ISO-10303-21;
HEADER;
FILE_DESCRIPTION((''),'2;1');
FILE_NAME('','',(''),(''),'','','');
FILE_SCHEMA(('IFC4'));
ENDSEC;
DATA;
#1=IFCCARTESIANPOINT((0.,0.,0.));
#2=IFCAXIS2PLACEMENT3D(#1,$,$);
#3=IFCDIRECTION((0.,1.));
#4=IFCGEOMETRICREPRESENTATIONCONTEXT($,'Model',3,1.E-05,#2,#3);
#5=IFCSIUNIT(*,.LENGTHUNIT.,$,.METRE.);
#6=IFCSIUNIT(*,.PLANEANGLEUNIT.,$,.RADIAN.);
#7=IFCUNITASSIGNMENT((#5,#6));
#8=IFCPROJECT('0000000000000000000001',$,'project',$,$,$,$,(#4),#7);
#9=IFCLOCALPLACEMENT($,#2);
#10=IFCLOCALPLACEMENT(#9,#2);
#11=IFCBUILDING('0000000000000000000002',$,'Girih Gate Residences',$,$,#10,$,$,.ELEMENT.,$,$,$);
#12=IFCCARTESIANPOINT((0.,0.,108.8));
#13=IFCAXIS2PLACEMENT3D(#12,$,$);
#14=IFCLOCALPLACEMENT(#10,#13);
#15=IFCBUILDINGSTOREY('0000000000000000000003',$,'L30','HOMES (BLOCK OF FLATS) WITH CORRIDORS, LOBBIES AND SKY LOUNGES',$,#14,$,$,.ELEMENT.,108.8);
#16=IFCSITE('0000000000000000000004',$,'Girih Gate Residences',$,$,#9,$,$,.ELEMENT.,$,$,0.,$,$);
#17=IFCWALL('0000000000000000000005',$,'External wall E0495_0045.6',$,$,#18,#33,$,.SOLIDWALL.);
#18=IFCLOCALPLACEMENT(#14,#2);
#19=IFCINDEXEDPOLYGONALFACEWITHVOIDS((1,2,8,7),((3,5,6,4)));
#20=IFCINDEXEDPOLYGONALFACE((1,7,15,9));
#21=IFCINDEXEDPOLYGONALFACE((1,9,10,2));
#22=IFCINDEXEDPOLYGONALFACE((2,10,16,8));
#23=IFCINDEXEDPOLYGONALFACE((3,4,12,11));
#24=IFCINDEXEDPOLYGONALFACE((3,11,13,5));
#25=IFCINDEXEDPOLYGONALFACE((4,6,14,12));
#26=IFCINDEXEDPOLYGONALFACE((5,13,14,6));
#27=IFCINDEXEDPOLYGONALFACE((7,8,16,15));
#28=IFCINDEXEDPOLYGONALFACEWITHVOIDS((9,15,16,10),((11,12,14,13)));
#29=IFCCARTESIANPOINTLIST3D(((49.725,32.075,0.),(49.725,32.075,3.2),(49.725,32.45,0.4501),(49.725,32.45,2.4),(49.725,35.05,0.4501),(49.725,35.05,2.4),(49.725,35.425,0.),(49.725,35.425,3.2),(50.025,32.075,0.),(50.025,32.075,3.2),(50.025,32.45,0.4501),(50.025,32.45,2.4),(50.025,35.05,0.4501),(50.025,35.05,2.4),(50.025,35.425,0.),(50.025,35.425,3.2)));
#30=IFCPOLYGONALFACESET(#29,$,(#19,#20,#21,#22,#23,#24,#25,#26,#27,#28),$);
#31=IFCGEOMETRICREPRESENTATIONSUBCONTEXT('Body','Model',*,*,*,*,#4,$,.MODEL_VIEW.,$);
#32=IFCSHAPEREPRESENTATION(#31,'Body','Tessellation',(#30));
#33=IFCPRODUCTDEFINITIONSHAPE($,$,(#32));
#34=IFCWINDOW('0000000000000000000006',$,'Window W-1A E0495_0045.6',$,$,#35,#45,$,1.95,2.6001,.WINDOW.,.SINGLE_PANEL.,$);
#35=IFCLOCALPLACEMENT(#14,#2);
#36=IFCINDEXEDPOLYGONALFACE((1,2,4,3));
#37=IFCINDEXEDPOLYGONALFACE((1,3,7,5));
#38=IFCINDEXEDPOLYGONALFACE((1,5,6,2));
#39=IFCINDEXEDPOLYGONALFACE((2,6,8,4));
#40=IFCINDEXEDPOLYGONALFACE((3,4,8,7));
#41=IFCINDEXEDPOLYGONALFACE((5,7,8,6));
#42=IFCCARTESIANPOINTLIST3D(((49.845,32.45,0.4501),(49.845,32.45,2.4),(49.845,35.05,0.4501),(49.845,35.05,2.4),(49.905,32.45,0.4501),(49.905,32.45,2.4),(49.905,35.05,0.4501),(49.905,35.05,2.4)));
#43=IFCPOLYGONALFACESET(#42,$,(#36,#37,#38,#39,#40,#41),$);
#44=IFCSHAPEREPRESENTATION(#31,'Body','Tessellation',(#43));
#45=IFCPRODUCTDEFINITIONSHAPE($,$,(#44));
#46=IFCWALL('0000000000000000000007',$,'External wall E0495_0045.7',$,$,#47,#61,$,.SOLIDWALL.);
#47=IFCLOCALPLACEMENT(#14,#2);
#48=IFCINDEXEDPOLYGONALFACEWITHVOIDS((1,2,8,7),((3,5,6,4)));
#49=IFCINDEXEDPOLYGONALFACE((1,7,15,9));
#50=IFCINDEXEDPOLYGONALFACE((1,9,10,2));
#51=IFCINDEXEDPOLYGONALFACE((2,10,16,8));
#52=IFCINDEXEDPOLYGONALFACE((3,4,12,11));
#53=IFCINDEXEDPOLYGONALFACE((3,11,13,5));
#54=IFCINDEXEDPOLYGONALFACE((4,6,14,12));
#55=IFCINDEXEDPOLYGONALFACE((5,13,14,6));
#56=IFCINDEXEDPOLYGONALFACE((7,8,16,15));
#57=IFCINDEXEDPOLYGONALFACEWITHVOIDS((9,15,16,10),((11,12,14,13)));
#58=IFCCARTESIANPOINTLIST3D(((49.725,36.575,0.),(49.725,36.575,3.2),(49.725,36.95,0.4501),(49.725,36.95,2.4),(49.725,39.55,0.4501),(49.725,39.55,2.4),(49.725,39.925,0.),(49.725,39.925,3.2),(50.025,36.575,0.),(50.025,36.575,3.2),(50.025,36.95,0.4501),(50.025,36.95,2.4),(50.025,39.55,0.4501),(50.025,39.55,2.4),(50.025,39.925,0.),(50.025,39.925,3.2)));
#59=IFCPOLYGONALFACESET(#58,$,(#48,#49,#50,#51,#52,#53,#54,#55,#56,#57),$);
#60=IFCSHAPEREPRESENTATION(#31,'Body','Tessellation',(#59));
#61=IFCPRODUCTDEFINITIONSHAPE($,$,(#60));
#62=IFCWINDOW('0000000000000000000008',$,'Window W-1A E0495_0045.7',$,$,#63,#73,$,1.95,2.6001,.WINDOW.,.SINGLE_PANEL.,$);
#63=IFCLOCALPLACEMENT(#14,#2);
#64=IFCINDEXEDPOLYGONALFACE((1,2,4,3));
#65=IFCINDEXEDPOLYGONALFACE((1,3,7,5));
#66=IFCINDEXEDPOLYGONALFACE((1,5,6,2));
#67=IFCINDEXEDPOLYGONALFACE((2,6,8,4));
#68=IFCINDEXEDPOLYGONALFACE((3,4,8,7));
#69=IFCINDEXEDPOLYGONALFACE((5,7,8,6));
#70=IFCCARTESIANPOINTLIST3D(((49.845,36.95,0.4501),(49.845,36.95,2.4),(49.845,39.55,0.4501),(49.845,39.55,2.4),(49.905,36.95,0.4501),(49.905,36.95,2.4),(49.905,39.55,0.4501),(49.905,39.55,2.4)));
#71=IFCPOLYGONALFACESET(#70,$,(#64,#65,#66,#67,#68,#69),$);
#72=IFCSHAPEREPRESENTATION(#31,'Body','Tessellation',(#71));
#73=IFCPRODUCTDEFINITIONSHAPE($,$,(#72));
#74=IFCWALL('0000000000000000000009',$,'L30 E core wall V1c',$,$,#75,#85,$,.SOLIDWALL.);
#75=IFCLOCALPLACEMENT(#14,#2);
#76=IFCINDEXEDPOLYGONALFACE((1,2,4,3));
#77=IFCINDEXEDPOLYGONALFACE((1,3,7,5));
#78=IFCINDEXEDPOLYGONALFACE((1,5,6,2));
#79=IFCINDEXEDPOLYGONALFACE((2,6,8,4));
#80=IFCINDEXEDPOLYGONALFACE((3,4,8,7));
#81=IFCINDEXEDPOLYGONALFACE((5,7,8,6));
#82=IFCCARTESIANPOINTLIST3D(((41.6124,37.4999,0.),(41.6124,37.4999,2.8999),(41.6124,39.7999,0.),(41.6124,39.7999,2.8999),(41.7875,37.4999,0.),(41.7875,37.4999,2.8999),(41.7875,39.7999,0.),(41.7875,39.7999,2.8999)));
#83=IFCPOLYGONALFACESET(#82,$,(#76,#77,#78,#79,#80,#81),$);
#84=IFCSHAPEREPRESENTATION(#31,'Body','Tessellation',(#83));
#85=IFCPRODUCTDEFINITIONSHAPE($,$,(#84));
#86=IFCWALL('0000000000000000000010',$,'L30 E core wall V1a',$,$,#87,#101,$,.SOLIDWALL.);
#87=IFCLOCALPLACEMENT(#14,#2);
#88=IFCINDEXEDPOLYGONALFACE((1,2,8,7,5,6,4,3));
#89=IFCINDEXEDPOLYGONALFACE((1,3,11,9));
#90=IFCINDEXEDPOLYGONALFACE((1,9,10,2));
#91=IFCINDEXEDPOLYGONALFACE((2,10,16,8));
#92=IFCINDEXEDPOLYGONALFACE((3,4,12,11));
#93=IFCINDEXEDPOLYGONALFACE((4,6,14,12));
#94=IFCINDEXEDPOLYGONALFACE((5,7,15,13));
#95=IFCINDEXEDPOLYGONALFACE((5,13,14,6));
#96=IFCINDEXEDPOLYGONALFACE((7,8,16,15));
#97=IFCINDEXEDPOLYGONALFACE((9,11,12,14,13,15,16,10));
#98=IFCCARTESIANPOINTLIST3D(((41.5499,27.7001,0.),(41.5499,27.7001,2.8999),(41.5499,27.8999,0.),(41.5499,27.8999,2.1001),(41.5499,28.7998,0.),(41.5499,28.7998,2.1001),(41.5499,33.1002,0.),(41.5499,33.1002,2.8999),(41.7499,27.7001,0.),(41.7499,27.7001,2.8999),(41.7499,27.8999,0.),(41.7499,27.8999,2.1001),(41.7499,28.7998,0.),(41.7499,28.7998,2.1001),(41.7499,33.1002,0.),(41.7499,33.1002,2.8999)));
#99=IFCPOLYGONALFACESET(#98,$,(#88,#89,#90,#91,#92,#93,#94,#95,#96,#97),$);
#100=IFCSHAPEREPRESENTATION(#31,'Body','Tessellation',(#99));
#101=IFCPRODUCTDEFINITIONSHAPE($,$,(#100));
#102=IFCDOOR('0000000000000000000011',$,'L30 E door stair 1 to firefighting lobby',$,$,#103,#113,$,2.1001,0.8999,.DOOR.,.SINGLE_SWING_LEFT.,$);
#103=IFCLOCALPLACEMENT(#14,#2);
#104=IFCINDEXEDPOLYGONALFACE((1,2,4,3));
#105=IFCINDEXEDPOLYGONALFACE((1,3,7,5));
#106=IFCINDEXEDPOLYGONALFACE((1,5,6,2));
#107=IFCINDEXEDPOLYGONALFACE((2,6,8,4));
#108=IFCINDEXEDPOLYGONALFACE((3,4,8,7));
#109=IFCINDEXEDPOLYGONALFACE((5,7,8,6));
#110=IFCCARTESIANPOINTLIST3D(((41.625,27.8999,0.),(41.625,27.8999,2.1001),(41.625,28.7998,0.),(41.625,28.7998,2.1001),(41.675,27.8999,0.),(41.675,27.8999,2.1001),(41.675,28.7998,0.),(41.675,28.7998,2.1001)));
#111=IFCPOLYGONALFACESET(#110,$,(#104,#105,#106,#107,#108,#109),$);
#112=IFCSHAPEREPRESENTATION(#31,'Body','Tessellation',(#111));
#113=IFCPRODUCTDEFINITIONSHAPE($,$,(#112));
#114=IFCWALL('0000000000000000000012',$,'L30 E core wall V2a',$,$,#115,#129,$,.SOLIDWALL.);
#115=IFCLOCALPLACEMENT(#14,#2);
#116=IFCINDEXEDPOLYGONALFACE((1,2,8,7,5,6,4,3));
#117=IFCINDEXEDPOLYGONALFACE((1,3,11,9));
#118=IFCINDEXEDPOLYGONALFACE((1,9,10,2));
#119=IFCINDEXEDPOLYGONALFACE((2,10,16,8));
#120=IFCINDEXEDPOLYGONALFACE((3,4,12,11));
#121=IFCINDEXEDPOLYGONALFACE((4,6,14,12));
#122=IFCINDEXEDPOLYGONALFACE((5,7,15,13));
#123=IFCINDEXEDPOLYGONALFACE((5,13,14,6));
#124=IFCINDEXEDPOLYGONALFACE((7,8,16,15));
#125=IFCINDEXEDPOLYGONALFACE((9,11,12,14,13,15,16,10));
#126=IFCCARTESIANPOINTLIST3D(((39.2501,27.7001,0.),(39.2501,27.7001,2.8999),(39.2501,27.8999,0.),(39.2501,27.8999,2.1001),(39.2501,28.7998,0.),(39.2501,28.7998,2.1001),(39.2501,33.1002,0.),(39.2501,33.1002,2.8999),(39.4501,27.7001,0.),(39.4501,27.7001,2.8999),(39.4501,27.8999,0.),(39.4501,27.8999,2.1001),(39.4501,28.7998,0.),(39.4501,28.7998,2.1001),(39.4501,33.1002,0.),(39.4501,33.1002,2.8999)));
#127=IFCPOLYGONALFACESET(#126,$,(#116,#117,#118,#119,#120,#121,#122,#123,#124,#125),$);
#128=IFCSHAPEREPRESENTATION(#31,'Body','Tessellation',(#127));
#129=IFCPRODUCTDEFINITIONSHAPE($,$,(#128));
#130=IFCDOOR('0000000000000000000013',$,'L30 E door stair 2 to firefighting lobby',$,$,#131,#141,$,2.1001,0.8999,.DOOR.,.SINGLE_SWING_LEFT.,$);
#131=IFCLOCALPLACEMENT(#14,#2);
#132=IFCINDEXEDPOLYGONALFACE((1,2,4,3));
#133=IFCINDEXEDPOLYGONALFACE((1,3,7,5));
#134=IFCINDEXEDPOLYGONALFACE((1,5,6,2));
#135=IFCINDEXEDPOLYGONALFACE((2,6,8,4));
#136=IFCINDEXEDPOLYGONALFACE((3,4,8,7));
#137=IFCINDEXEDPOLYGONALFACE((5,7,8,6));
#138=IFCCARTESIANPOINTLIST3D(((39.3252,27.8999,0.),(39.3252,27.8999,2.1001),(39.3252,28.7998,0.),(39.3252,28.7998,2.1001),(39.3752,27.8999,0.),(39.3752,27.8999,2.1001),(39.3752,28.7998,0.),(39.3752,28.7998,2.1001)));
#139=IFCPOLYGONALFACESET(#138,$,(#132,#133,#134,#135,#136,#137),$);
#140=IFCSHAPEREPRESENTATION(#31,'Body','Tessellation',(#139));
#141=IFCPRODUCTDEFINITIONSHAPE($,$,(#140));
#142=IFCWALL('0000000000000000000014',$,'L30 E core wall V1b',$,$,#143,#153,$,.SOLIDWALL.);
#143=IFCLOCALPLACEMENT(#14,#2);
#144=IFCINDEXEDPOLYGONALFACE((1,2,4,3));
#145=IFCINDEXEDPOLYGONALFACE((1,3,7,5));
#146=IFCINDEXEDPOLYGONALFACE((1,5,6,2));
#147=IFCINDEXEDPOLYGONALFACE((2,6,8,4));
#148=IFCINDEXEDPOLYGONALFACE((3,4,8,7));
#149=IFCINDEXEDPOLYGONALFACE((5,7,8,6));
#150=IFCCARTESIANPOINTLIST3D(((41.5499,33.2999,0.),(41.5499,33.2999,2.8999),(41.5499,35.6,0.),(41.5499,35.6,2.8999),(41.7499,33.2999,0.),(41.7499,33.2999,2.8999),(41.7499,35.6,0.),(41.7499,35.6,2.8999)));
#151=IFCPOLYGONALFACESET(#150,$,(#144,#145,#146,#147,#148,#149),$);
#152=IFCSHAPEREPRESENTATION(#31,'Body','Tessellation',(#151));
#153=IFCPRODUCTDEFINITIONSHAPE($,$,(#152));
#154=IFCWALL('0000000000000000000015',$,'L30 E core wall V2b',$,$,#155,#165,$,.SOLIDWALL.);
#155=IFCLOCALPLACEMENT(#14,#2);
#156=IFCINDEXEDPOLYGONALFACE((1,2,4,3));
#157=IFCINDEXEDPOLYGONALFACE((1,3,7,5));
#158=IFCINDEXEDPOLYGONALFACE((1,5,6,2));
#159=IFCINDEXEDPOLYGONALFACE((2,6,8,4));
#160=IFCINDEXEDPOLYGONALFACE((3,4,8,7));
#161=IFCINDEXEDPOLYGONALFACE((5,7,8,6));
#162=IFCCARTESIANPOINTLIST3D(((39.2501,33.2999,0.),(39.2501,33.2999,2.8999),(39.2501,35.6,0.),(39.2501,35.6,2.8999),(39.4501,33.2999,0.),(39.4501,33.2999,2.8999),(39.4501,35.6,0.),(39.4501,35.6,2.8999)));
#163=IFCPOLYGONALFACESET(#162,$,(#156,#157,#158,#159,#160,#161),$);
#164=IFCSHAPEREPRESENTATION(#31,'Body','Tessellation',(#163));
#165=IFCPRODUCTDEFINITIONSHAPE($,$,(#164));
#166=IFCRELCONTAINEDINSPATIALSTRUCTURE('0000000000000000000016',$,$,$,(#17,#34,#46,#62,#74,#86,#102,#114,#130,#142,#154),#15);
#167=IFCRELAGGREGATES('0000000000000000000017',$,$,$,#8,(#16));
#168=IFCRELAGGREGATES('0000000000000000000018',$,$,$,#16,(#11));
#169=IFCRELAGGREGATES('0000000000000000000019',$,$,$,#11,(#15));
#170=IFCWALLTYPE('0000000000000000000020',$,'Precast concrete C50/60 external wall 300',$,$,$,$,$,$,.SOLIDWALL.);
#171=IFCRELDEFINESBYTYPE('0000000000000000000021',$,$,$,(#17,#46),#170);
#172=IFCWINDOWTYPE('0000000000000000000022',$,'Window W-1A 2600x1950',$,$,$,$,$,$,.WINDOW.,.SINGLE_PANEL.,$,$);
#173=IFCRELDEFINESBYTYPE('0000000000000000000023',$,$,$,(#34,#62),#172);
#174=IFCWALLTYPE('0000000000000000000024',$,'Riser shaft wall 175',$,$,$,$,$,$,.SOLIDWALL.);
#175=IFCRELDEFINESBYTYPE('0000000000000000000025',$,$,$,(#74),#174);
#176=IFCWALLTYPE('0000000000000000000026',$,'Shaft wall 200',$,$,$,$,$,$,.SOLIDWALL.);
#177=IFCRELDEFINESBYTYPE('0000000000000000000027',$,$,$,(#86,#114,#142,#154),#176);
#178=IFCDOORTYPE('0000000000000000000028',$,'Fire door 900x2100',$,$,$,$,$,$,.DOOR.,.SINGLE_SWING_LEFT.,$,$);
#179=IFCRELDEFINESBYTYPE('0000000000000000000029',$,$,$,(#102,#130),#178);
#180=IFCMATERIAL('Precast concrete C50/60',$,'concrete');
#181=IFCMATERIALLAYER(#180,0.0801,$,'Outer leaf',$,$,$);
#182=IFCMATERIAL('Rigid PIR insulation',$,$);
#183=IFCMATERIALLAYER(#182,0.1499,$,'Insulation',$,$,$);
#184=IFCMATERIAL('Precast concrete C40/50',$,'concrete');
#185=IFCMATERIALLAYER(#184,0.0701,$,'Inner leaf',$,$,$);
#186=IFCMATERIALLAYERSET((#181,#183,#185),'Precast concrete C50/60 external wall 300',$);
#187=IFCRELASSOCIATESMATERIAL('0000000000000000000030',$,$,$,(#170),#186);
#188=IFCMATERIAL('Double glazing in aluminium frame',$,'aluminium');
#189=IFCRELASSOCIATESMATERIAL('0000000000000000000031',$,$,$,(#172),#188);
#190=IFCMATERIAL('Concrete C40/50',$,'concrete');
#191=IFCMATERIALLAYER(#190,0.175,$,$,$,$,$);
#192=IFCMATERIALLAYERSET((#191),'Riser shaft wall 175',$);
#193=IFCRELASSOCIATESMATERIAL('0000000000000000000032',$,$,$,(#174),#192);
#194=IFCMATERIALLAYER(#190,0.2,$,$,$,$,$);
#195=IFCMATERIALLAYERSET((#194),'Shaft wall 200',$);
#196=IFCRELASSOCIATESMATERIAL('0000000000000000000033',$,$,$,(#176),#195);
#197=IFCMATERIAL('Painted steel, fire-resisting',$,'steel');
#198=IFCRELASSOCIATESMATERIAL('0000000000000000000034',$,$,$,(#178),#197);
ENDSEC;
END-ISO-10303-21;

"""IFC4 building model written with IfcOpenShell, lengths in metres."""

from ifc_helpers import new_model, si_unit, direction, frame, frame_2d, origin, place, context, subcontext, project, spatial, rectangle, extrude, material, layer, layer_set, type_object, element, fill, save


model = new_model("IFC4")

# Units and contexts
model_context = context("Model", 3, precision=1e-05, world=origin(), true_north=direction((0.0, 1.0)))
body_context = subcontext(model_context, "Body", "Model", "MODEL_VIEW")
ifc_project = project(units=[si_unit("LENGTHUNIT", "METRE"), si_unit("PLANEANGLEUNIT", "RADIAN")], contexts=[model_context])

# Site, building, storey
site_placement = place(None, origin())
site = spatial("IfcSite", under=ifc_project, at=site_placement, Name="Girih Gate Residences", CompositionType="ELEMENT", RefElevation=0.0)
building_placement = place(site_placement, origin())
building = spatial("IfcBuilding", under=site, at=building_placement, Name="Girih Gate Residences", CompositionType="ELEMENT")
storey_placement = place(building_placement, frame((0.0, 0.0, 108.8)))
storey = spatial("IfcBuildingStorey", under=building, at=storey_placement, Name="L30", Description="HOMES (BLOCK OF FLATS) WITH CORRIDORS, LOBBIES AND SKY LOUNGES", CompositionType="ELEMENT", Elevation=108.8)

# Shared definitions
ifc_material_1 = material(Name="Painted steel, fire-resisting", Category="steel")

# Walls, openings, windows
ifc_material_2 = material(Name="Precast concrete C50/60", Category="concrete")
ifc_layer_1 = layer(ifc_material_2, 0.0801, Name="Outer leaf")
ifc_material_3 = material(Name="Rigid PIR insulation")
ifc_layer_2 = layer(ifc_material_3, 0.1499, Name="Insulation")
ifc_material_4 = material(Name="Precast concrete C40/50", Category="concrete")
ifc_layer_3 = layer(ifc_material_4, 0.0701, Name="Inner leaf")
ifc_layer_set_1 = layer_set([ifc_layer_1, ifc_layer_2, ifc_layer_3], Name="Precast concrete C50/60 external wall 300")
wall_type_1 = type_object("IfcWallType", Name="Precast concrete C50/60 external wall 300", PredefinedType="SOLIDWALL", material=ifc_layer_set_1)
ifc_material_5 = material(Name="Double glazing in aluminium frame", Category="aluminium")
window_type = type_object("IfcWindowType", Name="Window W-1A 2600x1950", PartitioningType="SINGLE_PANEL", PredefinedType="WINDOW", material=ifc_material_5)
wall_1_placement = place(storey_placement, frame((49.875, 35.425, 0.0), z_axis=(0.0, 0.0, 1.0), x_axis=(0.0, -1.0, 0.0)))
wall_1 = element("IfcWall", 1, at=wall_1_placement, inside=storey, type_object=wall_type_1, Name="External wall E0495_0045.6", PredefinedType="SOLIDWALL", context=body_context, shape_type="SweptSolid", body=[
    extrude(rectangle(XDim=3.3501, YDim=0.3, at=frame_2d((1.675, 0.0))), origin(), (0.0, 0.0, 1.0), 3.2),
])
opening_1_placement = place(wall_1_placement, frame((0.375, 0.0, 0.45)))
opening_1 = element("IfcOpeningElement", 2, at=opening_1_placement, cuts=wall_1, PredefinedType="OPENING", context=body_context, shape_type="SweptSolid", body=[
    extrude(rectangle(XDim=2.6001, YDim=1.95, at=frame_2d((1.3, 0.9751))), frame((0.0, 0.1599, 0.0), z_axis=(0.0, -1.0, 0.0), x_axis=(1.0, 0.0, 0.0)), (0.0, 0.0, 1.0), 0.3201),
])
window_1_placement = place(opening_1_placement, origin())
window_1 = element("IfcWindow", 3, at=window_1_placement, inside=storey, type_object=window_type, Name="Window W-1A E0495_0045.6", OverallHeight=1.95, OverallWidth=2.6001, PartitioningType="SINGLE_PANEL", PredefinedType="WINDOW", context=body_context, shape_type="SweptSolid", body=[
    extrude(rectangle(XDim=2.6001, YDim=1.95, at=frame_2d((1.3, 0.9751))), frame((0.0, 0.03, 0.0), z_axis=(0.0, -1.0, 0.0), x_axis=(1.0, 0.0, 0.0)), (0.0, 0.0, 1.0), 0.0601),
])
fill(opening_1, window_1)
wall_2_placement = place(storey_placement, frame((49.875, 39.925, 0.0), z_axis=(0.0, 0.0, 1.0), x_axis=(0.0, -1.0, 0.0)))
wall_2 = element("IfcWall", 4, at=wall_2_placement, inside=storey, type_object=wall_type_1, Name="External wall E0495_0045.7", PredefinedType="SOLIDWALL", context=body_context, shape_type="SweptSolid", body=[
    extrude(rectangle(XDim=3.3501, YDim=0.3, at=frame_2d((1.675, 0.0))), origin(), (0.0, 0.0, 1.0), 3.2),
])
opening_2_placement = place(wall_2_placement, frame((0.375, 0.0, 0.45)))
opening_2 = element("IfcOpeningElement", 5, at=opening_2_placement, cuts=wall_2, PredefinedType="OPENING", context=body_context, shape_type="SweptSolid", body=[
    extrude(rectangle(XDim=2.6001, YDim=1.95, at=frame_2d((1.3, 0.9751))), frame((0.0, 0.1599, 0.0), z_axis=(0.0, -1.0, 0.0), x_axis=(1.0, 0.0, 0.0)), (0.0, 0.0, 1.0), 0.3201),
])
window_2_placement = place(opening_2_placement, origin())
window_2 = element("IfcWindow", 6, at=window_2_placement, inside=storey, type_object=window_type, Name="Window W-1A E0495_0045.7", OverallHeight=1.95, OverallWidth=2.6001, PartitioningType="SINGLE_PANEL", PredefinedType="WINDOW", context=body_context, shape_type="SweptSolid", body=[
    extrude(rectangle(XDim=2.6001, YDim=1.95, at=frame_2d((1.3, 0.9751))), frame((0.0, 0.03, 0.0), z_axis=(0.0, -1.0, 0.0), x_axis=(1.0, 0.0, 0.0)), (0.0, 0.0, 1.0), 0.0601),
])
fill(opening_2, window_2)

# Wall
ifc_material_6 = material(Name="Concrete C40/50", Category="concrete")
ifc_layer_4 = layer(ifc_material_6, 0.175)
ifc_layer_set_2 = layer_set([ifc_layer_4], Name="Riser shaft wall 175")
wall_type_2 = type_object("IfcWallType", Name="Riser shaft wall 175", PredefinedType="SOLIDWALL", material=ifc_layer_set_2)
wall_3_placement = place(storey_placement, frame((41.7, 37.5, 0.0), z_axis=(0.0, 0.0, 1.0), x_axis=(0.0, 1.0, 0.0)))
element("IfcWall", 7, at=wall_3_placement, inside=storey, type_object=wall_type_2, Name="L30 E core wall V1c", PredefinedType="SOLIDWALL", context=body_context, shape_type="SweptSolid", body=[
    extrude(rectangle(XDim=2.3, YDim=0.175, at=frame_2d((1.1499, 0.0))), origin(), (0.0, 0.0, 1.0), 2.8999),
])

# Walls, openings, doors
ifc_layer_5 = layer(ifc_material_6, 0.2)
ifc_layer_set_3 = layer_set([ifc_layer_5], Name="Shaft wall 200")
wall_type_3 = type_object("IfcWallType", Name="Shaft wall 200", PredefinedType="SOLIDWALL", material=ifc_layer_set_3)
wall_4_placement = place(storey_placement, frame((41.6499, 27.7, 0.0), z_axis=(0.0, 0.0, 1.0), x_axis=(0.0, 1.0, 0.0)))
wall_4 = element("IfcWall", 8, at=wall_4_placement, inside=storey, type_object=wall_type_3, Name="L30 E core wall V1a", PredefinedType="SOLIDWALL", context=body_context, shape_type="SweptSolid", body=[
    extrude(rectangle(XDim=5.4001, YDim=0.2, at=frame_2d((2.7002, 0.0))), origin(), (0.0, 0.0, 1.0), 2.8999),
])
opening_3_placement = place(wall_4_placement, frame((0.2, 0.0, 0.0)))
opening_3 = element("IfcOpeningElement", 9, at=opening_3_placement, cuts=wall_4, PredefinedType="OPENING", context=body_context, shape_type="SweptSolid", body=[
    extrude(rectangle(XDim=0.8999, YDim=2.1001, at=frame_2d((0.45, 1.05))), frame((0.0, 0.1099, 0.0), z_axis=(0.0, -1.0, 0.0), x_axis=(1.0, 0.0, 0.0)), (0.0, 0.0, 1.0), 0.22),
])
door_type_1 = type_object("IfcDoorType", Name="Fire door 900x2100", OperationType="SINGLE_SWING_LEFT", PredefinedType="DOOR", material=ifc_material_1)
door_1_placement = place(opening_3_placement, origin())
door_1 = element("IfcDoor", 10, at=door_1_placement, inside=storey, type_object=door_type_1, Name="L30 E door stair 1 to firefighting lobby", OperationType="SINGLE_SWING_LEFT", OverallHeight=2.1001, OverallWidth=0.8999, PredefinedType="DOOR", context=body_context, shape_type="SweptSolid", body=[
    extrude(rectangle(XDim=0.8999, YDim=2.1001, at=frame_2d((0.45, 1.05))), frame((0.0, 0.0249, 0.0), z_axis=(0.0, -1.0, 0.0), x_axis=(1.0, 0.0, 0.0)), (0.0, 0.0, 1.0), 0.05),
])
fill(opening_3, door_1)
wall_5_placement = place(storey_placement, frame((39.3501, 27.7, 0.0), z_axis=(0.0, 0.0, 1.0), x_axis=(0.0, 1.0, 0.0)))
wall_5 = element("IfcWall", 11, at=wall_5_placement, inside=storey, type_object=wall_type_3, Name="L30 E core wall V2a", PredefinedType="SOLIDWALL", context=body_context, shape_type="SweptSolid", body=[
    extrude(rectangle(XDim=5.4001, YDim=0.2, at=frame_2d((2.7002, 0.0))), origin(), (0.0, 0.0, 1.0), 2.8999),
])
opening_4_placement = place(wall_5_placement, frame((0.2, 0.0, 0.0)))
opening_4 = element("IfcOpeningElement", 12, at=opening_4_placement, cuts=wall_5, PredefinedType="OPENING", context=body_context, shape_type="SweptSolid", body=[
    extrude(rectangle(XDim=0.8999, YDim=2.1001, at=frame_2d((0.45, 1.05))), frame((0.0, 0.1099, 0.0), z_axis=(0.0, -1.0, 0.0), x_axis=(1.0, 0.0, 0.0)), (0.0, 0.0, 1.0), 0.22),
])
door_2_placement = place(opening_4_placement, origin())
door_2 = element("IfcDoor", 13, at=door_2_placement, inside=storey, type_object=door_type_1, Name="L30 E door stair 2 to firefighting lobby", OperationType="SINGLE_SWING_LEFT", OverallHeight=2.1001, OverallWidth=0.8999, PredefinedType="DOOR", context=body_context, shape_type="SweptSolid", body=[
    extrude(rectangle(XDim=0.8999, YDim=2.1001, at=frame_2d((0.45, 1.05))), frame((0.0, 0.0249, 0.0), z_axis=(0.0, -1.0, 0.0), x_axis=(1.0, 0.0, 0.0)), (0.0, 0.0, 1.0), 0.05),
])
fill(opening_4, door_2)

# Walls
for number, where, z_axis, x_axis, name in (
    (14, (41.6499, 33.3, 0.0), (0.0, 0.0, 1.0), (0.0, 1.0, 0.0), "L30 E core wall V1b"),
    (15, (39.3501, 33.3, 0.0), (0.0, 0.0, 1.0), (0.0, 1.0, 0.0), "L30 E core wall V2b"),
):
    element("IfcWall", number, at=place(storey_placement, frame(where, z_axis=z_axis, x_axis=x_axis)), inside=storey, type_object=wall_type_3, Name=name, PredefinedType="SOLIDWALL", context=body_context, shape_type="SweptSolid", body=[
        extrude(rectangle(XDim=2.3, YDim=0.2, at=frame_2d((1.1499, 0.0))), origin(), (0.0, 0.0, 1.0), 2.8999),
    ])

save(model, "model.ifc")
